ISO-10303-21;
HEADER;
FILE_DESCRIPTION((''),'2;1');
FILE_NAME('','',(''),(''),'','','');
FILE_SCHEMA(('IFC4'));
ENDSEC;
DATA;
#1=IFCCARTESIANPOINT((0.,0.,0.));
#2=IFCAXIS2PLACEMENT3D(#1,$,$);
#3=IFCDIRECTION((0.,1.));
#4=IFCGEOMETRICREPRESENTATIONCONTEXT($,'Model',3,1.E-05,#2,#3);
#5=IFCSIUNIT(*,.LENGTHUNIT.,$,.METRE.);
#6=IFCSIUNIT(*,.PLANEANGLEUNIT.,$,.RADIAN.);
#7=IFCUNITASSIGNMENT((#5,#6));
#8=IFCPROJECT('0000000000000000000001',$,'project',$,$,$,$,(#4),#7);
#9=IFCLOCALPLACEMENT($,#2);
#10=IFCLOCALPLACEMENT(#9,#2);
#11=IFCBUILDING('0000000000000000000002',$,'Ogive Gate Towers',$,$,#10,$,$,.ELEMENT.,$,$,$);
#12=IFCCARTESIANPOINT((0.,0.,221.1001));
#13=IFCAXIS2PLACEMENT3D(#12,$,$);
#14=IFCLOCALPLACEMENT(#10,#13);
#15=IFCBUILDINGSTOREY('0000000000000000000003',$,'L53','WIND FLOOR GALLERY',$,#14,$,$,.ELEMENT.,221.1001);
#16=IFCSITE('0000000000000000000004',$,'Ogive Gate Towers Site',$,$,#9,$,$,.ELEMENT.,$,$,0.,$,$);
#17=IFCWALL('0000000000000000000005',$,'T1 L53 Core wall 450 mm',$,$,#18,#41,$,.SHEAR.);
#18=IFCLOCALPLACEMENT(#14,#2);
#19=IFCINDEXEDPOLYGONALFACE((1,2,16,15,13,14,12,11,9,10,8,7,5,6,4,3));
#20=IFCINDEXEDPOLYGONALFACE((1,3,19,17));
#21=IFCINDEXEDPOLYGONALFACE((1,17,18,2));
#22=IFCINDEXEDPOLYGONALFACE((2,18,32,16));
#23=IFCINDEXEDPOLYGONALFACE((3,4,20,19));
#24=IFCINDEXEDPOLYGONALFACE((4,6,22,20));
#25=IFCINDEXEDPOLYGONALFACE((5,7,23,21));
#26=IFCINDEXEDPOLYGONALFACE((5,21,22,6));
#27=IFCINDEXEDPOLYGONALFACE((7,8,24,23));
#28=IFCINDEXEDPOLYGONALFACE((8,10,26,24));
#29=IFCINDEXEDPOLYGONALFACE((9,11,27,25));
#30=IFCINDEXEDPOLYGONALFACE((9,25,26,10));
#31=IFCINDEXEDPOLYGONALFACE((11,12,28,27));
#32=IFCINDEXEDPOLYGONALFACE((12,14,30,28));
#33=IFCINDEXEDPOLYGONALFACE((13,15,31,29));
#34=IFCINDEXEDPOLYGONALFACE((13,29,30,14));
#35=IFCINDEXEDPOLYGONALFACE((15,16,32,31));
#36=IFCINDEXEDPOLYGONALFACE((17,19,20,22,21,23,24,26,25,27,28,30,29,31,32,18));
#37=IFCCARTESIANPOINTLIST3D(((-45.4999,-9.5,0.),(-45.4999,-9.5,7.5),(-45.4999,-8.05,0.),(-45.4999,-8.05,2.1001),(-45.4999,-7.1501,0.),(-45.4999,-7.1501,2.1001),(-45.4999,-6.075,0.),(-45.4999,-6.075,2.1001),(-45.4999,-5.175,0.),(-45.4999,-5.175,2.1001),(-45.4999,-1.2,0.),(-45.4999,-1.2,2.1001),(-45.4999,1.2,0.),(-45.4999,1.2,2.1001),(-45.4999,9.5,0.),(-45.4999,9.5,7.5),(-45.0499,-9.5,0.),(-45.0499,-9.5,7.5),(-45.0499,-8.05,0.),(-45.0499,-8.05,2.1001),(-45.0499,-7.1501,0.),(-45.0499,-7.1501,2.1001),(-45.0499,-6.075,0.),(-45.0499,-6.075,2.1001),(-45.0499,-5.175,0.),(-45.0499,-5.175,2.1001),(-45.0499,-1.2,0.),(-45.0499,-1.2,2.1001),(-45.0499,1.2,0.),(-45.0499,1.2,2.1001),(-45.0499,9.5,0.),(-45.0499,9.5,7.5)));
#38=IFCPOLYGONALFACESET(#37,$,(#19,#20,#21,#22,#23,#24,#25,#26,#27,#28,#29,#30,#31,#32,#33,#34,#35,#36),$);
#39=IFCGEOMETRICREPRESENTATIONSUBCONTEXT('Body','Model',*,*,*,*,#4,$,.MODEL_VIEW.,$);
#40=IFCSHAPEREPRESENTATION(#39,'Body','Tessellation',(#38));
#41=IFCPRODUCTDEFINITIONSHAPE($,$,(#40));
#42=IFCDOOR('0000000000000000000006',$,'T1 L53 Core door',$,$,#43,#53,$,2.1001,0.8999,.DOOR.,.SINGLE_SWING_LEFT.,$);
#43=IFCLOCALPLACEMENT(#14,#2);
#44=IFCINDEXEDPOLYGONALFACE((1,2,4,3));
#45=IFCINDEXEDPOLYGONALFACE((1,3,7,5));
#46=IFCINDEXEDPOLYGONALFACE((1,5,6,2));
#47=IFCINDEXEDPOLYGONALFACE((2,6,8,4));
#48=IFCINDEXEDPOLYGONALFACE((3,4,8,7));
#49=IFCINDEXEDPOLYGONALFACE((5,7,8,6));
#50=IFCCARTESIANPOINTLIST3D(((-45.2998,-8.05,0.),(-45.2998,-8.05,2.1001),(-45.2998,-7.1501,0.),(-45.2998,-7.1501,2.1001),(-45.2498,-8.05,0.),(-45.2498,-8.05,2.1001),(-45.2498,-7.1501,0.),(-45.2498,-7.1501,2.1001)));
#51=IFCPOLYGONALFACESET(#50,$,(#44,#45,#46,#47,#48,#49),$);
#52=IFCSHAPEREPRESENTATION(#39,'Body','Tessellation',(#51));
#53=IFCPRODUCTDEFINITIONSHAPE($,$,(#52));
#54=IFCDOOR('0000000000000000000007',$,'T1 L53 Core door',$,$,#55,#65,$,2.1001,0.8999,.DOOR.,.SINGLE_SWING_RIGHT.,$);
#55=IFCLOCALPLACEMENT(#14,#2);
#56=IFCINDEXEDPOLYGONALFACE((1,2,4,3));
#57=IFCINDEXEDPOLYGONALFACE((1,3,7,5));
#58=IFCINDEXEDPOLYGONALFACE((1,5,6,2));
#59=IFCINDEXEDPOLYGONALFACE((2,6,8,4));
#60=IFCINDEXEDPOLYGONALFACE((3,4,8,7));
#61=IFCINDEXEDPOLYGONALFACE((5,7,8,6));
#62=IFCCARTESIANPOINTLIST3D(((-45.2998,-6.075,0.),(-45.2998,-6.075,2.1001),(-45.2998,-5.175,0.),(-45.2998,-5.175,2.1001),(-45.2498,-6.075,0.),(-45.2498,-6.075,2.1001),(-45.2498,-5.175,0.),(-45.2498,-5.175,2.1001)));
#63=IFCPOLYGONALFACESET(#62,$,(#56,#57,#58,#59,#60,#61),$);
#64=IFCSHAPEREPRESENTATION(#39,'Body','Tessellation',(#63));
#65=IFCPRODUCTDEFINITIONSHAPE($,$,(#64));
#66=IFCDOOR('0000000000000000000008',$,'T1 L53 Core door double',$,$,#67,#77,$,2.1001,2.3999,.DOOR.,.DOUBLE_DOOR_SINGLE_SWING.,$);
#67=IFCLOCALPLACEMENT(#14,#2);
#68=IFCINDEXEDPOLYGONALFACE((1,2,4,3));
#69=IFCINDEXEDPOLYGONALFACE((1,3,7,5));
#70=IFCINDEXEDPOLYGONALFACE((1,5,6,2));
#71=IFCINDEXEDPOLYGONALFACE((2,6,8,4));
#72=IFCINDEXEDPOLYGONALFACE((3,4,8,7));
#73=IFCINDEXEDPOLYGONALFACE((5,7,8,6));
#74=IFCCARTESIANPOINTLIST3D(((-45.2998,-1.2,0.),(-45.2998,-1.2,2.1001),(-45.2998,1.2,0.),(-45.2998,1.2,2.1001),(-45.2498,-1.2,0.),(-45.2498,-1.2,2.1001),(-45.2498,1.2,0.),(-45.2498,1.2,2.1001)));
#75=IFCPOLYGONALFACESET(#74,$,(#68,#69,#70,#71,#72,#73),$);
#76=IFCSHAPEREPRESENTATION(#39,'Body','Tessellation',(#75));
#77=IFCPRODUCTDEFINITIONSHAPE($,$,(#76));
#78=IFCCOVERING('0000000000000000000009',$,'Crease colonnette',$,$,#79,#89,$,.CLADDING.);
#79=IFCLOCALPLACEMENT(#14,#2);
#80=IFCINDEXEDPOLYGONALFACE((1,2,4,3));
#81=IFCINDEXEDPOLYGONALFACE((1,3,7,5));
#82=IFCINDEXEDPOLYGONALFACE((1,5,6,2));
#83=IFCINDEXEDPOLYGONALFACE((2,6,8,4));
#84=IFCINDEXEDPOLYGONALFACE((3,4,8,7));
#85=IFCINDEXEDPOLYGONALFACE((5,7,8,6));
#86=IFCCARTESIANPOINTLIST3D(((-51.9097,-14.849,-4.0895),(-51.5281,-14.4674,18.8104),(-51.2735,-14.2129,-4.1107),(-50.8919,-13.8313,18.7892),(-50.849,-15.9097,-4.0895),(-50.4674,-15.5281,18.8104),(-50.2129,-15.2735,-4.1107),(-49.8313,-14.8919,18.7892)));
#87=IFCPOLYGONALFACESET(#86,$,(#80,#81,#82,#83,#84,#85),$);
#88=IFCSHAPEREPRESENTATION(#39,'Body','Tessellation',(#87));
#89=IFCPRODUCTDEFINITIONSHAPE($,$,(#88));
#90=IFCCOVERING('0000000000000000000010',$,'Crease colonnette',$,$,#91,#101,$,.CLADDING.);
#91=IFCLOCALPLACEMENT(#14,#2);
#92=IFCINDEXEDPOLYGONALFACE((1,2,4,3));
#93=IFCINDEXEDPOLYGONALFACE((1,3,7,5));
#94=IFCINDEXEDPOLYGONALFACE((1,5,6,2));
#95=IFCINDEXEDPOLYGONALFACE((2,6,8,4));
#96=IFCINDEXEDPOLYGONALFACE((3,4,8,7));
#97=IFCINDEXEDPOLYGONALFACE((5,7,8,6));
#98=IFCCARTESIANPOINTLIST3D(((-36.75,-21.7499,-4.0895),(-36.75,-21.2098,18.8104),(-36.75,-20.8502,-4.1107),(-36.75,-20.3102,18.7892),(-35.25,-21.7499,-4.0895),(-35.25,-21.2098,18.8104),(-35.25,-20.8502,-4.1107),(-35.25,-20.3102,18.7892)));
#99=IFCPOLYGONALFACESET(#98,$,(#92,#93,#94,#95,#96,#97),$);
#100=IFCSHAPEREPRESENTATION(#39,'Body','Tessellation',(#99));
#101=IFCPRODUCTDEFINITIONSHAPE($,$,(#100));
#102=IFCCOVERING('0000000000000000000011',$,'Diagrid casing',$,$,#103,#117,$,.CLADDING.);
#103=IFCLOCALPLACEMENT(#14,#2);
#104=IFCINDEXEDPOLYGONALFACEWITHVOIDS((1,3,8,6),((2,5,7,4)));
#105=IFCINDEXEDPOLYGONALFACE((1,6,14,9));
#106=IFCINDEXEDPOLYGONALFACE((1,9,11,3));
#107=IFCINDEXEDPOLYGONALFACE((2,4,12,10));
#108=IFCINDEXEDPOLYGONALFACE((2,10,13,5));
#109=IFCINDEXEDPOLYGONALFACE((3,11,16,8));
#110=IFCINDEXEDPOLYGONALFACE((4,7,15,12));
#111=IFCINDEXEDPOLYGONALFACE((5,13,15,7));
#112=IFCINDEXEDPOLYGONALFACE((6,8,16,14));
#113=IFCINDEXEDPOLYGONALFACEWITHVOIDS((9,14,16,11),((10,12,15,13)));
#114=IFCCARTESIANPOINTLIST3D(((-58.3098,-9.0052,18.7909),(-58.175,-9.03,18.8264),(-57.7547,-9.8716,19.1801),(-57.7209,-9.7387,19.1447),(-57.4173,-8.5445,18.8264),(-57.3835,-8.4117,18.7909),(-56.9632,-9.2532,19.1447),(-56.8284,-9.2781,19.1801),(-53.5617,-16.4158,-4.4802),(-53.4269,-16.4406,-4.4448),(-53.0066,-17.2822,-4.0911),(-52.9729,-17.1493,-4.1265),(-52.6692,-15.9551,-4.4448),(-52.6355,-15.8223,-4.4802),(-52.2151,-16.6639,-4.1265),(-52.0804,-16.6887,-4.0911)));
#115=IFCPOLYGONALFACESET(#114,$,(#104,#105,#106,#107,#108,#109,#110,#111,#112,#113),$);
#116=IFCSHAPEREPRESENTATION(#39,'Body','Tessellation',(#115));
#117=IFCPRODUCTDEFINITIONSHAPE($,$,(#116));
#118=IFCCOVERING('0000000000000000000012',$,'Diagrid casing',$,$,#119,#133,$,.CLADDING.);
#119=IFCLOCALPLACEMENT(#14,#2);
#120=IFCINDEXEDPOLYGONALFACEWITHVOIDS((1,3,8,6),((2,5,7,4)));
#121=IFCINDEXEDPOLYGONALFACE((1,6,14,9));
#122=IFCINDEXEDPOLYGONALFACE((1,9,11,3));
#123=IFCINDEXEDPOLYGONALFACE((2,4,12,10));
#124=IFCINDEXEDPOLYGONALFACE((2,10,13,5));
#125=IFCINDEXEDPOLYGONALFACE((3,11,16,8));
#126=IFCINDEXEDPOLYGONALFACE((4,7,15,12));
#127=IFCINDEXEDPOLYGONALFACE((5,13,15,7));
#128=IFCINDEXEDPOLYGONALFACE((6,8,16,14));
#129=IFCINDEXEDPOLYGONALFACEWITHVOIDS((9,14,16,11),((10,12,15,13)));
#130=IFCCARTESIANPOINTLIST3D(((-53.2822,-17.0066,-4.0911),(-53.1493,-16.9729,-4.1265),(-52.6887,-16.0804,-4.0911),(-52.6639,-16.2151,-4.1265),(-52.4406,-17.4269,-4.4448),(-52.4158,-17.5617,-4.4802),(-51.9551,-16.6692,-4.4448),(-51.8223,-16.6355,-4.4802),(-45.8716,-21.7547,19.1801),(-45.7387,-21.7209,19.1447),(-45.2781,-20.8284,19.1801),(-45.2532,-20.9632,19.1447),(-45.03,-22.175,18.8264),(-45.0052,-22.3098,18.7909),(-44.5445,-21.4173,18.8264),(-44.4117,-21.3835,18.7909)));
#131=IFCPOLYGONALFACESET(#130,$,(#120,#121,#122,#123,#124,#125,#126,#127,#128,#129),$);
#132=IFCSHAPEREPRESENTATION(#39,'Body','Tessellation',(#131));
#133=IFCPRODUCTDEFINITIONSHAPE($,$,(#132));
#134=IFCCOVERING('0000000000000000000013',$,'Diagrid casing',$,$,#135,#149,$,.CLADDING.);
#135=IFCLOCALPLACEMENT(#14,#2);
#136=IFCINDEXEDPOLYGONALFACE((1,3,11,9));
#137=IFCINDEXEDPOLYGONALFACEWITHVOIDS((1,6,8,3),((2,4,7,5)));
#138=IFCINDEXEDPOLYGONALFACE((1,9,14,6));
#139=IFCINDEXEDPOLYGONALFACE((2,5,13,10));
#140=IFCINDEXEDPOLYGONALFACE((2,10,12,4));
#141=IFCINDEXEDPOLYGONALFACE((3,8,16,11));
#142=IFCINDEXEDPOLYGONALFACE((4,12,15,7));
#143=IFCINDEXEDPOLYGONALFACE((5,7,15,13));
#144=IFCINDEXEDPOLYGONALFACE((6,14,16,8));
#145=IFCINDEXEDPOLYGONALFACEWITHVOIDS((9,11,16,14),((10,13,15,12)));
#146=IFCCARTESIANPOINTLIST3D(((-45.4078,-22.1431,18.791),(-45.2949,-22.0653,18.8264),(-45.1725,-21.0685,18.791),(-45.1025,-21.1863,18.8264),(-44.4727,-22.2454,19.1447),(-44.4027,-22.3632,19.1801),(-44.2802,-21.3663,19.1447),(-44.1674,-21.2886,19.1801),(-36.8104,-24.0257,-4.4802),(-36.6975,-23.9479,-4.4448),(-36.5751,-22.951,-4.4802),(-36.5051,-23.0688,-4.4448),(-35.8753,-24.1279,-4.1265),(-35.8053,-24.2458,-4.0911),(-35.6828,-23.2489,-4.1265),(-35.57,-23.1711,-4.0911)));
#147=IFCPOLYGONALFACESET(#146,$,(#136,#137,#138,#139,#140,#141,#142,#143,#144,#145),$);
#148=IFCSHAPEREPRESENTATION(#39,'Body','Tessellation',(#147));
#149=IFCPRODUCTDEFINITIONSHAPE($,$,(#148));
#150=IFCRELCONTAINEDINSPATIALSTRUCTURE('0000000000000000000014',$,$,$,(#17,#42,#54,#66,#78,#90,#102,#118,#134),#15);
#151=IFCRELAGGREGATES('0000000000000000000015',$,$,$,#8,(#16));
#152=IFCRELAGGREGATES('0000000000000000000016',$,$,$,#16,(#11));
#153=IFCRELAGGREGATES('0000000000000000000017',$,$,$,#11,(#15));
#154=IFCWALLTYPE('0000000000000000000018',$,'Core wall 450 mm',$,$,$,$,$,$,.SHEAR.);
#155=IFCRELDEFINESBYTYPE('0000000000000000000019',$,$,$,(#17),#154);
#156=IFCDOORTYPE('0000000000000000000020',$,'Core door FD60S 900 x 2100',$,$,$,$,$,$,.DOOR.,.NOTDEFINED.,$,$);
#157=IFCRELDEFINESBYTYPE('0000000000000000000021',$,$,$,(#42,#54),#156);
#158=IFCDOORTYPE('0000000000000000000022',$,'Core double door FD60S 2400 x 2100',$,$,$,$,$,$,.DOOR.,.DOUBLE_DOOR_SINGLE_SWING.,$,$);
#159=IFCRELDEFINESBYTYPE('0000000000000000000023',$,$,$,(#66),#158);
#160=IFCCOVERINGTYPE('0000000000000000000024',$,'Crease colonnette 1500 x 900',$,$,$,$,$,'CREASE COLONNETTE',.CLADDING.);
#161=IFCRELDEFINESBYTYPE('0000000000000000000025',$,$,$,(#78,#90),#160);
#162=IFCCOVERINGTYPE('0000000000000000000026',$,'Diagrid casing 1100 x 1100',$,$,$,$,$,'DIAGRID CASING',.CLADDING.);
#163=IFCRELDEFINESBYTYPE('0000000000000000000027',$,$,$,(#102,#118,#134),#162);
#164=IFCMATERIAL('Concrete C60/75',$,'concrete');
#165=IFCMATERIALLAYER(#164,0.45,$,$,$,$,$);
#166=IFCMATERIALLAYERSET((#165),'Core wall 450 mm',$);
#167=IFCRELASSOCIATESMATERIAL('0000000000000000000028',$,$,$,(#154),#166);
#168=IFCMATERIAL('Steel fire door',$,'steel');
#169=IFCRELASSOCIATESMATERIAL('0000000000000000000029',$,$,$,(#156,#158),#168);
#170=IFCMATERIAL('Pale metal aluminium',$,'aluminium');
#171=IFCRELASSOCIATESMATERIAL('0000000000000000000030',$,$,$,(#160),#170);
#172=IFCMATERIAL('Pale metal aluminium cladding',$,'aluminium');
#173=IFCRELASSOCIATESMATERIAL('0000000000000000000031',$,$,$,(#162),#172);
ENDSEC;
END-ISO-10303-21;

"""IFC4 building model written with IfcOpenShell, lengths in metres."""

from ifc_helpers import new_model, si_unit, direction, frame, frame_2d, origin, origin_2d, place, context, subcontext, project, spatial, rectangle, hollow_rectangle, extrude, material, layer, layer_set, material_profile, profile_set, type_object, element, fill, save


model = new_model("IFC4")

# Units and contexts
model_context = context("Model", 3, precision=1e-05, world=origin(), true_north=direction((0.0, 1.0)))
body_context = subcontext(model_context, "Body", "Model", "MODEL_VIEW")
ifc_project = project(units=[si_unit("LENGTHUNIT", "METRE"), si_unit("PLANEANGLEUNIT", "RADIAN")], contexts=[model_context])

# Site, building, storey
site_placement = place(None, origin())
site = spatial("IfcSite", under=ifc_project, at=site_placement, Name="Ogive Gate Towers Site", CompositionType="ELEMENT", RefElevation=0.0)
building_placement = place(site_placement, origin())
building = spatial("IfcBuilding", under=site, at=building_placement, Name="Ogive Gate Towers", CompositionType="ELEMENT")
storey_placement = place(building_placement, frame((0.0, 0.0, 221.1001)))
storey = spatial("IfcBuildingStorey", under=building, at=storey_placement, Name="L53", Description="WIND FLOOR GALLERY", CompositionType="ELEMENT", Elevation=221.1001)

# Shared definitions
ifc_material_1 = material(Name="Concrete C60/75", Category="concrete")
ifc_layer = layer(ifc_material_1, 0.45)
ifc_layer_set = layer_set([ifc_layer], Name="Core wall 450 mm")
wall_type = type_object("IfcWallType", Name="Core wall 450 mm", PredefinedType="SHEAR", material=ifc_layer_set)
ifc_material_2 = material(Name="Steel fire door", Category="steel")

# Wall, openings, doors
wall_1_placement = place(storey_placement, frame((-45.2749, -9.5, 0.0), z_axis=(0.0, 0.0, 1.0), x_axis=(0.0, 1.0, 0.0)))
wall_1 = element("IfcWall", 1, at=wall_1_placement, inside=storey, type_object=wall_type, Name="T1 L53 Core wall 450 mm", PredefinedType="SHEAR", context=body_context, shape_type="SweptSolid", body=[
    extrude(rectangle(XDim=19.0, YDim=0.45, at=frame_2d((9.5, 0.0))), origin(), (0.0, 0.0, 1.0), 7.5),
])
opening_1_placement = place(wall_1_placement, frame((8.3, 0.0, 0.0)))
opening_1 = element("IfcOpeningElement", 2, at=opening_1_placement, cuts=wall_1, PredefinedType="OPENING", context=body_context, shape_type="SweptSolid", body=[
    extrude(rectangle(XDim=2.3999, YDim=2.1001, at=frame_2d((1.2, 1.05))), frame((0.0, 0.2349, 0.0), z_axis=(0.0, -1.0, 0.0), x_axis=(1.0, 0.0, 0.0)), (0.0, 0.0, 1.0), 0.47),
])
opening_2_placement = place(wall_1_placement, frame((1.45, 0.0, 0.0)))
opening_2 = element("IfcOpeningElement", 3, at=opening_2_placement, cuts=wall_1, PredefinedType="OPENING", context=body_context, shape_type="SweptSolid", body=[
    extrude(rectangle(XDim=0.8999, YDim=2.1001, at=frame_2d((0.45, 1.05))), frame((0.0, 0.2349, 0.0), z_axis=(0.0, -1.0, 0.0), x_axis=(1.0, 0.0, 0.0)), (0.0, 0.0, 1.0), 0.47),
])
opening_3_placement = place(wall_1_placement, frame((3.425, 0.0, 0.0)))
opening_3 = element("IfcOpeningElement", 4, at=opening_3_placement, cuts=wall_1, PredefinedType="OPENING", context=body_context, shape_type="SweptSolid", body=[
    extrude(rectangle(XDim=0.8999, YDim=2.1001, at=frame_2d((0.45, 1.05))), frame((0.0, 0.2349, 0.0), z_axis=(0.0, -1.0, 0.0), x_axis=(1.0, 0.0, 0.0)), (0.0, 0.0, 1.0), 0.47),
])
door_type_1 = type_object("IfcDoorType", Name="Core door FD60S 900 x 2100", OperationType="NOTDEFINED", PredefinedType="DOOR", material=ifc_material_2)
door_1_placement = place(opening_2_placement, origin())
door_1 = element("IfcDoor", 5, at=door_1_placement, inside=storey, type_object=door_type_1, Name="T1 L53 Core door", OperationType="SINGLE_SWING_LEFT", OverallHeight=2.1001, OverallWidth=0.8999, PredefinedType="DOOR", context=body_context, shape_type="SweptSolid", body=[
    extrude(rectangle(XDim=0.8999, YDim=2.1001, at=frame_2d((0.45, 1.05))), frame((0.0, 0.0249, 0.0), z_axis=(0.0, -1.0, 0.0), x_axis=(1.0, 0.0, 0.0)), (0.0, 0.0, 1.0), 0.05),
])
fill(opening_2, door_1)
door_2_placement = place(opening_3_placement, origin())
door_2 = element("IfcDoor", 6, at=door_2_placement, inside=storey, type_object=door_type_1, Name="T1 L53 Core door", OperationType="SINGLE_SWING_RIGHT", OverallHeight=2.1001, OverallWidth=0.8999, PredefinedType="DOOR", context=body_context, shape_type="SweptSolid", body=[
    extrude(rectangle(XDim=0.8999, YDim=2.1001, at=frame_2d((0.45, 1.05))), frame((0.0, 0.0249, 0.0), z_axis=(0.0, -1.0, 0.0), x_axis=(1.0, 0.0, 0.0)), (0.0, 0.0, 1.0), 0.05),
])
fill(opening_3, door_2)
door_type_2 = type_object("IfcDoorType", Name="Core double door FD60S 2400 x 2100", OperationType="DOUBLE_DOOR_SINGLE_SWING", PredefinedType="DOOR", material=ifc_material_2)
door_3_placement = place(opening_1_placement, origin())
door_3 = element("IfcDoor", 7, at=door_3_placement, inside=storey, type_object=door_type_2, Name="T1 L53 Core door double", OperationType="DOUBLE_DOOR_SINGLE_SWING", OverallHeight=2.1001, OverallWidth=2.3999, PredefinedType="DOOR", context=body_context, shape_type="SweptSolid", body=[
    extrude(rectangle(XDim=2.3999, YDim=2.1001, at=frame_2d((1.2, 1.05))), frame((0.0, 0.0249, 0.0), z_axis=(0.0, -1.0, 0.0), x_axis=(1.0, 0.0, 0.0)), (0.0, 0.0, 1.0), 0.05),
])
fill(opening_1, door_3)

# Coverings
ifc_material_3 = material(Name="Pale metal aluminium", Category="aluminium")
ifc_material_profile_1 = material_profile(ifc_material_3, rectangle(XDim=1.5, YDim=0.8999, at=origin_2d()), Name="1500 x 900 pale metal aluminium")
ifc_profile_set_1 = profile_set([ifc_material_profile_1], Name="Pale metal aluminium")
covering_type_1 = type_object("IfcCoveringType", Name="Crease colonnette 1500 x 900", ElementType="CREASE COLONNETTE", PredefinedType="CLADDING", material=ifc_profile_set_1)
for number, where, z_axis, x_axis, name in (
    (8, (-51.0613, -15.0613, -4.1001), (0.016659, 0.016659, 0.999722), (-0.707107, 0.707107, 0.0), "Crease colonnette"),
    (9, (-36.0, -21.3, -4.1001), (0.0, 0.023576, 0.999722), (-1.0, 0.0, 0.0), "Crease colonnette"),
):
    element("IfcCovering", number, at=place(storey_placement, frame(where, z_axis=z_axis, x_axis=x_axis)), inside=storey, type_object=covering_type_1, Name=name, PredefinedType="CLADDING", context=body_context, shape_type="SweptSolid", body=[
        extrude(rectangle(XDim=1.5, YDim=0.8999, at=origin_2d()), origin(), (0.0, 0.0, 1.0), 22.9062),
    ])
ifc_material_4 = material(Name="Pale metal aluminium cladding", Category="aluminium")
ifc_material_profile_2 = material_profile(ifc_material_4, hollow_rectangle(XDim=1.1001, YDim=1.1001, WallThickness=0.1001, at=origin_2d()), Name="1100 x 1100 pale metal casing")
ifc_profile_set_2 = profile_set([ifc_material_profile_2], Name="Pale metal aluminium cladding")
covering_type_2 = type_object("IfcCoveringType", Name="Diagrid casing 1100 x 1100", ElementType="DIAGRID CASING", PredefinedType="CLADDING", material=ifc_profile_set_2)
for number, where, z_axis, x_axis, name in (
    (10, (-52.821, -16.5522, -4.2856), (-0.190838, 0.297856, 0.935341), (-0.842001, -0.539476, 0.0), "Diagrid casing"),
    (11, (-52.5522, -16.821, -4.2856), (0.297856, -0.190838, 0.935341), (0.539476, 0.842001, 0.0), "Diagrid casing"),
    (12, (-36.1902, -23.5984, -4.2856), (-0.345556, 0.075666, 0.935342), (-0.213901, -0.976855, 0.0), "Diagrid casing"),
):
    element("IfcCovering", number, at=place(storey_placement, frame(where, z_axis=z_axis, x_axis=x_axis)), inside=storey, type_object=covering_type_2, Name=name, PredefinedType="CLADDING", context=body_context, shape_type="SweptSolid", body=[
        extrude(hollow_rectangle(XDim=1.1001, YDim=1.1001, WallThickness=0.1001, at=origin_2d()), origin(), (0.0, 0.0, 1.0), 24.8799),
    ])

save(model, "model.ifc")
